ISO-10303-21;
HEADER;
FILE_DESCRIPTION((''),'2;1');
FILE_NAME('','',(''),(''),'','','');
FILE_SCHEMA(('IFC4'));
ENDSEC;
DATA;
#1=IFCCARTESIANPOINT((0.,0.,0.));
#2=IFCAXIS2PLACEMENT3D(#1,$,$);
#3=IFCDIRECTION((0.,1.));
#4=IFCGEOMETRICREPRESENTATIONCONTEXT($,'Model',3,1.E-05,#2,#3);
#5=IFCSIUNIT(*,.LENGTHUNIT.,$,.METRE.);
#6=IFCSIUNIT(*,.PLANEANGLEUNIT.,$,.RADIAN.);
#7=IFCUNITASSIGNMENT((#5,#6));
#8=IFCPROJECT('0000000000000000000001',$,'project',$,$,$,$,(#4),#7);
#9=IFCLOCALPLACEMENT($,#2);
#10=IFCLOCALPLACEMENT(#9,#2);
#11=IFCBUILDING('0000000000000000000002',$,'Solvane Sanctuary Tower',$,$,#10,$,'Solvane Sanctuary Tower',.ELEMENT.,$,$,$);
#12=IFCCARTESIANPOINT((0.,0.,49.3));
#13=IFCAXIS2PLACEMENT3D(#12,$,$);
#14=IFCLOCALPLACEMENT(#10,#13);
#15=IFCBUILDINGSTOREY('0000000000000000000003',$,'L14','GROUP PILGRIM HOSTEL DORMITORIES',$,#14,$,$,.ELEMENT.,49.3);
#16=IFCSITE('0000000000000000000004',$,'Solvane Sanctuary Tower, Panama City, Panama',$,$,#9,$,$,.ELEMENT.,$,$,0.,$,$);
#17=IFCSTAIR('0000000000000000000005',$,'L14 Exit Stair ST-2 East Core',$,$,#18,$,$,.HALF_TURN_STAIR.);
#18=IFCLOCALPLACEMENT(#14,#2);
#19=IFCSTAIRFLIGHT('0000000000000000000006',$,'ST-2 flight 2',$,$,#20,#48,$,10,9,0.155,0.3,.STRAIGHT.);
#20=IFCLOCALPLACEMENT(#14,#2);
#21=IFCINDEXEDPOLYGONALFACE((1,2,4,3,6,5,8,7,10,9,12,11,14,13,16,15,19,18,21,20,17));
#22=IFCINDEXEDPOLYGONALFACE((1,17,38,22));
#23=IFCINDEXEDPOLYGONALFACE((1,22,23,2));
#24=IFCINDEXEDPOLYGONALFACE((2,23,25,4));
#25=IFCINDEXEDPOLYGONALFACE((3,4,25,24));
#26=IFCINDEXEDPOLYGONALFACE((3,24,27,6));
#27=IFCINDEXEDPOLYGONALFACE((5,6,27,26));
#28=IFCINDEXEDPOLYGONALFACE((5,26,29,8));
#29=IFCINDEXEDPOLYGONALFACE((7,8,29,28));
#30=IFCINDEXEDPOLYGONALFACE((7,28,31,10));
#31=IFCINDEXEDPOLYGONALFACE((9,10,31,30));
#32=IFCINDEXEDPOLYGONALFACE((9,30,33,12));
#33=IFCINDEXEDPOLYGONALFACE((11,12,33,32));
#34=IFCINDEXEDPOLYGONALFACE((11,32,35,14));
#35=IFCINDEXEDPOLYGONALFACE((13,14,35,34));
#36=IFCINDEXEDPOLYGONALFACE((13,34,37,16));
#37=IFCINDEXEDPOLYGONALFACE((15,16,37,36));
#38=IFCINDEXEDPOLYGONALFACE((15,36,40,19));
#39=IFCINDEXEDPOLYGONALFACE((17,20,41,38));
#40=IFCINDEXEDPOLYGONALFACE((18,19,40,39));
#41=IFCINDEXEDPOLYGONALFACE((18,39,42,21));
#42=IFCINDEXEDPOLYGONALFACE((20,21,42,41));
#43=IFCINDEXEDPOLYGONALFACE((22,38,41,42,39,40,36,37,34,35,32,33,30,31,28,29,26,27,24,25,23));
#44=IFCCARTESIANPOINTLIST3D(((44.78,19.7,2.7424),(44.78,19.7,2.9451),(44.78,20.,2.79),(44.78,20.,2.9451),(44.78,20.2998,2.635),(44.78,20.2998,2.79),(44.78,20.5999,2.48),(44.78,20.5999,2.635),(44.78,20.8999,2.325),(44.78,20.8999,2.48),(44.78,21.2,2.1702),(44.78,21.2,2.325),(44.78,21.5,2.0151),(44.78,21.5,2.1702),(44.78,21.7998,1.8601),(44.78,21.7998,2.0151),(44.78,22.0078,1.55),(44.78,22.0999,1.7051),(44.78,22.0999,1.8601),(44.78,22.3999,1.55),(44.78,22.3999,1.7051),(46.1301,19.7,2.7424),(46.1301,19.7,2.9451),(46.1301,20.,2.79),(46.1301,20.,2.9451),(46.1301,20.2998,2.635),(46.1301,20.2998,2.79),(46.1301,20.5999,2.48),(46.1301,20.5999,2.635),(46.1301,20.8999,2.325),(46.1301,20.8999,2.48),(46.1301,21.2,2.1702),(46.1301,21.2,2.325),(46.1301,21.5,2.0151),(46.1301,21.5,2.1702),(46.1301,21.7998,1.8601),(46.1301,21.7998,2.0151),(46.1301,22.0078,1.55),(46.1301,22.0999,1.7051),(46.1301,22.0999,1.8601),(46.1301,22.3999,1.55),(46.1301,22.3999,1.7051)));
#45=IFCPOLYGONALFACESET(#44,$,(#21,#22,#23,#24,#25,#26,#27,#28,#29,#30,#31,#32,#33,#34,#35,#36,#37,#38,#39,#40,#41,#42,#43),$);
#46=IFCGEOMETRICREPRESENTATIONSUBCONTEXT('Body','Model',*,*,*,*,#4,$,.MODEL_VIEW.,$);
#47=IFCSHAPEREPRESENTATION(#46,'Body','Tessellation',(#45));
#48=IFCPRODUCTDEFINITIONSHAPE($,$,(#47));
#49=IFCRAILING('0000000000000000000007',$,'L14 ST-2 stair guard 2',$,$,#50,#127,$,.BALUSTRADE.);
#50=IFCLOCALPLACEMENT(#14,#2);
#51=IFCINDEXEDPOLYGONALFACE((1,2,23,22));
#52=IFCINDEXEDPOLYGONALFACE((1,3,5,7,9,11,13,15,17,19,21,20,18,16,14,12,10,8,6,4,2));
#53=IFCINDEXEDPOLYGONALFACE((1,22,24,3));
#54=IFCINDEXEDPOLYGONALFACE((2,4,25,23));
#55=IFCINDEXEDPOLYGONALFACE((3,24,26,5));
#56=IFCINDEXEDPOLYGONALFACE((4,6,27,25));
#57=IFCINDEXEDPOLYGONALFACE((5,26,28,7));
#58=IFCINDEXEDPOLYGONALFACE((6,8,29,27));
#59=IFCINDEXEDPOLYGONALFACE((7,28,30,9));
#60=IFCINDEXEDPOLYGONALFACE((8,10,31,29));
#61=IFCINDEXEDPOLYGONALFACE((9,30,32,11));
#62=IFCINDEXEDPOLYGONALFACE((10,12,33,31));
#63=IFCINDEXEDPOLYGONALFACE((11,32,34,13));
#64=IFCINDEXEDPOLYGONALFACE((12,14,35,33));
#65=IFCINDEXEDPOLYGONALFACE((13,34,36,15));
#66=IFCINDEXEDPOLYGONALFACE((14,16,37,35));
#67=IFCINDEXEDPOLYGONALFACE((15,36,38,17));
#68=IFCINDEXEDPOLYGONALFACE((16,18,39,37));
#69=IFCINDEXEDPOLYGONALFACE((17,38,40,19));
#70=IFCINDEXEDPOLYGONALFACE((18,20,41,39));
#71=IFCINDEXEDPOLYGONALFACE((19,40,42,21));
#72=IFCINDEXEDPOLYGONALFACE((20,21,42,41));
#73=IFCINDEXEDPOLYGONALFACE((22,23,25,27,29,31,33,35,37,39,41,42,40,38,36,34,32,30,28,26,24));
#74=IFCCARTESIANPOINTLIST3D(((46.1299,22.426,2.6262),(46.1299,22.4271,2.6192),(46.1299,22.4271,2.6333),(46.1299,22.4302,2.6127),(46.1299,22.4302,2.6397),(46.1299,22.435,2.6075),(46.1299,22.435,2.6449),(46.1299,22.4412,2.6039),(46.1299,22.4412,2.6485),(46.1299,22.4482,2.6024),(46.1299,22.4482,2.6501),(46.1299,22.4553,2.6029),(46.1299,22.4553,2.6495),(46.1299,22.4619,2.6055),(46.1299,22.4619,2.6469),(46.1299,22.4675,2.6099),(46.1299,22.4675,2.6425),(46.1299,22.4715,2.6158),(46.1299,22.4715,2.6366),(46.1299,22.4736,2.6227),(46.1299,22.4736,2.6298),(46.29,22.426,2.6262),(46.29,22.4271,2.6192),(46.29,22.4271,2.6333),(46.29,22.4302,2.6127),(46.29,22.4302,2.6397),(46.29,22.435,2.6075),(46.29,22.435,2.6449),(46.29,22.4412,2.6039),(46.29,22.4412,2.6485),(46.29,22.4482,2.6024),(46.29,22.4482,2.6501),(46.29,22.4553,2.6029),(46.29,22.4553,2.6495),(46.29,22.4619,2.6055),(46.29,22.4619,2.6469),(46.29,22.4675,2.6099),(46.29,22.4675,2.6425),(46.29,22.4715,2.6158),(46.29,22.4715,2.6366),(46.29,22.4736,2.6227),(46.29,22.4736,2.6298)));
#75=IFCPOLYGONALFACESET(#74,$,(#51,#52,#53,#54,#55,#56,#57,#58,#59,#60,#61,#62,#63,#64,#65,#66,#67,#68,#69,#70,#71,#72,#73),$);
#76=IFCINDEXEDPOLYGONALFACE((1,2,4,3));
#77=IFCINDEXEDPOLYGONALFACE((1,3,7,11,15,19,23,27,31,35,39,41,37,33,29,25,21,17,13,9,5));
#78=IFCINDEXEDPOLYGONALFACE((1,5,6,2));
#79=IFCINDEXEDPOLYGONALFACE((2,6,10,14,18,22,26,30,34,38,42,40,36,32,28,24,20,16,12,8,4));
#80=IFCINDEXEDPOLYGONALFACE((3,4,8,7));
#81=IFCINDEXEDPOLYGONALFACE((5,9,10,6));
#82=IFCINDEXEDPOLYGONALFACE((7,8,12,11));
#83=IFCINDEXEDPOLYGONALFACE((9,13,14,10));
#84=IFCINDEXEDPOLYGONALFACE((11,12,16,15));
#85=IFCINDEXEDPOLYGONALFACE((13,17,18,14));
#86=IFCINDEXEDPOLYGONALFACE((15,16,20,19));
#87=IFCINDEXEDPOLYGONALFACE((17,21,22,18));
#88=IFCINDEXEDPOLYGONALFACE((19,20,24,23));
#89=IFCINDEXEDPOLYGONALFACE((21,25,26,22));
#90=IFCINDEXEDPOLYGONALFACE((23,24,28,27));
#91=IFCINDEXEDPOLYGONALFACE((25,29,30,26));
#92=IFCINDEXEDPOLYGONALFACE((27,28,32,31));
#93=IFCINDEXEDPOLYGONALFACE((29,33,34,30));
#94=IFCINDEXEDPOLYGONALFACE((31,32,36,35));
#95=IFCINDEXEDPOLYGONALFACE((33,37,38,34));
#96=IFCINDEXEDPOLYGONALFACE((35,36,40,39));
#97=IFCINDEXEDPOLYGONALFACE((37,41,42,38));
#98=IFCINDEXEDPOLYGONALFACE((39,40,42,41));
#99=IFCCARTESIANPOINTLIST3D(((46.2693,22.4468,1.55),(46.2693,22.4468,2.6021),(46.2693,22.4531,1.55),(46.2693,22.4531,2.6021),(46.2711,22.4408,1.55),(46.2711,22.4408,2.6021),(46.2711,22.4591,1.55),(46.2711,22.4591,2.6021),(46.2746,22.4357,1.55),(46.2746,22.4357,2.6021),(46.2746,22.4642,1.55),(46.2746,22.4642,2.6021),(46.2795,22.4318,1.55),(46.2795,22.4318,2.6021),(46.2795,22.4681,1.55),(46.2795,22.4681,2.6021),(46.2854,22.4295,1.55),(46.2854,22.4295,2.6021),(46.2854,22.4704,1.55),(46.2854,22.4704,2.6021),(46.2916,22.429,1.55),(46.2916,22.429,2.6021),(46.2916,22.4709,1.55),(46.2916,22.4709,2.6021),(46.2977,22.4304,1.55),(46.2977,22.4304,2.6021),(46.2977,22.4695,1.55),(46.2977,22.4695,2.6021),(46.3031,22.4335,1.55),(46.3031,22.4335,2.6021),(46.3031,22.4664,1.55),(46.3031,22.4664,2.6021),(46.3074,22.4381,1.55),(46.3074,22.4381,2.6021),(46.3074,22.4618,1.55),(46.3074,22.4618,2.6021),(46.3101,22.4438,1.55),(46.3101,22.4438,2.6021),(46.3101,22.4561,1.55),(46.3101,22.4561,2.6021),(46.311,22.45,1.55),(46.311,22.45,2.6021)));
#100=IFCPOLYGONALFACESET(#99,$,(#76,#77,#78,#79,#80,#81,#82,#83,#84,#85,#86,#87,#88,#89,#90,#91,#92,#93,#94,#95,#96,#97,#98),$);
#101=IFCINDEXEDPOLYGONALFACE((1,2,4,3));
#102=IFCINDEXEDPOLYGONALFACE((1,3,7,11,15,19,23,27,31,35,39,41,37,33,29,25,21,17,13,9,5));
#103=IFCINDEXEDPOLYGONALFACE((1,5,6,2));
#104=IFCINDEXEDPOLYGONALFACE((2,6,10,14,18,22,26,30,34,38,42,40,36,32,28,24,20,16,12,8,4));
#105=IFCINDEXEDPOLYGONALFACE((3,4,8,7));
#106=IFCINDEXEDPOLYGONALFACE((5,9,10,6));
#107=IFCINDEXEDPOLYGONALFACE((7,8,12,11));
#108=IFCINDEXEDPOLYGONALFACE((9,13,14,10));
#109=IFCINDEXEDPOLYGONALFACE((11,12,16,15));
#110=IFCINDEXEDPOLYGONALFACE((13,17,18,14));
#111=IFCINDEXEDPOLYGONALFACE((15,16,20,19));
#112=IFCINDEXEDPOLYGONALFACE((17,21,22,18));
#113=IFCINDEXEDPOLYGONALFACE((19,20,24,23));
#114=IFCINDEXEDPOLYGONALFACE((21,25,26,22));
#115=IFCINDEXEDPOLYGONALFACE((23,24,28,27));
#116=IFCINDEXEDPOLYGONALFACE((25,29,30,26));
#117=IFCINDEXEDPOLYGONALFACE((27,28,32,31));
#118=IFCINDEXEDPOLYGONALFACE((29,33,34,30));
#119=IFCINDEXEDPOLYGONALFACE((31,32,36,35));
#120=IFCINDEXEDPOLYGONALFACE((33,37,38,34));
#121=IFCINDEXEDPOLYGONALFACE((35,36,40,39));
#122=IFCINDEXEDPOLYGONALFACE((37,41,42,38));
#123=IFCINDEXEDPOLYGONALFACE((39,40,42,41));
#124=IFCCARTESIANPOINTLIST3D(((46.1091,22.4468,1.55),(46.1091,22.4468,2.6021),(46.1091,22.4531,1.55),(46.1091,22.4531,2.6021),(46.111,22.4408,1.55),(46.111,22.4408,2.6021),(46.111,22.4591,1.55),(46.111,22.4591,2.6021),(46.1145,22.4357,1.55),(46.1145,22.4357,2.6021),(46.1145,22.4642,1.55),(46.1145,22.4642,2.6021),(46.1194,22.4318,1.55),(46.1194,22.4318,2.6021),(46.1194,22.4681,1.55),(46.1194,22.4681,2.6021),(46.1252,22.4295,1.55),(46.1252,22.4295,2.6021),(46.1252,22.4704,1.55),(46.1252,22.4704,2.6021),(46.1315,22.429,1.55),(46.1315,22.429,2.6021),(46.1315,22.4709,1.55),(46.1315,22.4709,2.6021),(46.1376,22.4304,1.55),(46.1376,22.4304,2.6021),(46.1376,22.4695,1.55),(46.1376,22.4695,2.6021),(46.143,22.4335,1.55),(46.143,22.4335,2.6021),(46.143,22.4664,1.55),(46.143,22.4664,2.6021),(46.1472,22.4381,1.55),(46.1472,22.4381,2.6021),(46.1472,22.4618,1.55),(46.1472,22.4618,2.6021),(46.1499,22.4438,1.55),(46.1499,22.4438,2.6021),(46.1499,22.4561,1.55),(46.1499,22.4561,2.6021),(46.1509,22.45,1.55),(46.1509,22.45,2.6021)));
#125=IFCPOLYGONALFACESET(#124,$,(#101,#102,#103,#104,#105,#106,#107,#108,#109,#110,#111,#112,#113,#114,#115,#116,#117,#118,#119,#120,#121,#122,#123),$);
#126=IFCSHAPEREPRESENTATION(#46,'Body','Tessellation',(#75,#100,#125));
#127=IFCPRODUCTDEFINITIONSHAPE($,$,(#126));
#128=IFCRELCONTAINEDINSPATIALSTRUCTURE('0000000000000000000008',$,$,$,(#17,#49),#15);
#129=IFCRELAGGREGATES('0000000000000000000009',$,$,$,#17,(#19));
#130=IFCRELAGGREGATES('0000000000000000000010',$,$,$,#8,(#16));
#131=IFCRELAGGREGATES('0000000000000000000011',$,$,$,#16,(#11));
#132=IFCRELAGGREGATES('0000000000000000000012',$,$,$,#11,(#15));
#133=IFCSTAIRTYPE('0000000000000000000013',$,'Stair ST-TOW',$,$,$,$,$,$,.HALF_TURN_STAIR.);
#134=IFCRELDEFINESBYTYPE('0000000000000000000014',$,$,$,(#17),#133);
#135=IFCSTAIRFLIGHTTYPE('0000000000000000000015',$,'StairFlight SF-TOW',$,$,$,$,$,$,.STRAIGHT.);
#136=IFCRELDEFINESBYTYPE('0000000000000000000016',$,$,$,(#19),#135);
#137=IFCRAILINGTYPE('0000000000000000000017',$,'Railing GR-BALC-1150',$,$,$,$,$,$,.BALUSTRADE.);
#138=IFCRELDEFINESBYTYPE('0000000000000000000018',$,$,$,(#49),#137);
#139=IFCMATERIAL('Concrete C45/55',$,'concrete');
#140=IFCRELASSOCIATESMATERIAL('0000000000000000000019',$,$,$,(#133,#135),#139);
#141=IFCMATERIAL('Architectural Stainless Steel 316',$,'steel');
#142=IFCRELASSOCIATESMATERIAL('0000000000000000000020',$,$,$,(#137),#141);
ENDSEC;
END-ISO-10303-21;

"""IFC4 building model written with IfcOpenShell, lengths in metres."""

from ifc_helpers import new_model, si_unit, direction, frame, origin, origin_2d, place, context, subcontext, project, spatial, polyline, circle, outline, extrude, material, type_object, element, aggregate, save


model = new_model("IFC4")

# Units and contexts
model_context = context("Model", 3, precision=1e-05, world=origin(), true_north=direction((0.0, 1.0)))
body_context = subcontext(model_context, "Body", "Model", "MODEL_VIEW")
ifc_project = project(units=[si_unit("LENGTHUNIT", "METRE"), si_unit("PLANEANGLEUNIT", "RADIAN")], contexts=[model_context])

# Site, building, storey
site_placement = place(None, origin())
site = spatial("IfcSite", under=ifc_project, at=site_placement, Name="Solvane Sanctuary Tower, Panama City, Panama", CompositionType="ELEMENT", RefElevation=0.0)
building_placement = place(site_placement, origin())
building = spatial("IfcBuilding", under=site, at=building_placement, Name="Solvane Sanctuary Tower", LongName="Solvane Sanctuary Tower", CompositionType="ELEMENT")
storey_placement = place(building_placement, frame((0.0, 0.0, 49.3)))
storey = spatial("IfcBuildingStorey", under=building, at=storey_placement, Name="L14", Description="GROUP PILGRIM HOSTEL DORMITORIES", CompositionType="ELEMENT", Elevation=49.3)

# Shared definitions
ifc_material_1 = material(Name="Architectural Stainless Steel 316", Category="steel")

# Stair, stair flight
ifc_material_2 = material(Name="Concrete C45/55", Category="concrete")
stair_type = type_object("IfcStairType", Name="Stair ST-TOW", PredefinedType="HALF_TURN_STAIR", material=ifc_material_2)
stair_placement = place(storey_placement, origin())
stair = element("IfcStair", 1, at=stair_placement, inside=storey, type_object=stair_type, Name="L14 Exit Stair ST-2 East Core", PredefinedType="HALF_TURN_STAIR")
stair_flight_type = type_object("IfcStairFlightType", Name="StairFlight SF-TOW", PredefinedType="STRAIGHT", material=ifc_material_2)
stair_flight_placement = place(storey_placement, frame((45.4551, 22.3999, 1.55), z_axis=(0.0, 0.0, 1.0), x_axis=(0.0, -1.0, 0.0)))
stair_flight = element("IfcStairFlight", 2, at=stair_flight_placement, type_object=stair_flight_type, Name="ST-2 flight 2", NumberOfRisers=10, NumberOfTreads=9, PredefinedType="STRAIGHT", RiserHeight=0.155, TreadLength=0.3, context=body_context, shape_type="SweptSolid", body=[
    extrude(outline(polyline([(0.0, 0.0), (0.0, 0.155), (0.3, 0.155), (0.3, 0.3101), (0.6001, 0.3101), (0.6001, 0.4651), (0.8999, 0.4651), (0.8999, 0.6201), (1.2, 0.6201), (1.2, 0.7749), (1.5, 0.7749), (1.5, 0.9299), (1.8, 0.9299), (1.8, 1.085), (2.1001, 1.085), (2.1001, 1.24), (2.3999, 1.24), (2.3999, 1.395), (2.7, 1.395), (2.7, 1.55), (2.7, 1.1924), (0.3921, 0.0), (0.0, 0.0)])), frame((0.0, 0.675, 0.0), z_axis=(0.0, -1.0, 0.0), x_axis=(1.0, 0.0, 0.0)), (0.0, 0.0, 1.0), 1.3501),
])
aggregate(stair, [stair_flight])

# Railing
railing_type_1 = type_object("IfcRailingType", Name="Railing GR-BALC-1150", PredefinedType="BALUSTRADE", material=ifc_material_1)
railing_1_placement = place(storey_placement, frame((46.29, 22.45, 1.55)))
element("IfcRailing", 3, at=railing_1_placement, inside=storey, type_object=railing_type_1, Name="L14 ST-2 stair guard 2", PredefinedType="BALUSTRADE", context=body_context, shape_type="SweptSolid", body=[
    extrude(circle(Radius=0.0239, at=origin_2d()), frame((0.0, 0.0, 1.0762), z_axis=(-1.0, 0.0, 0.0), x_axis=(0.0, -1.0, 0.0)), (0.0, 0.0, 1.0), 0.1602),
    extrude(circle(Radius=0.021, at=origin_2d()), origin(), (0.0, 0.0, 1.0), 1.052),
    extrude(circle(Radius=0.021, at=origin_2d()), frame((-0.1602, 0.0, 0.0)), (0.0, 0.0, 1.0), 1.052),
])

save(model, "model.ifc")
